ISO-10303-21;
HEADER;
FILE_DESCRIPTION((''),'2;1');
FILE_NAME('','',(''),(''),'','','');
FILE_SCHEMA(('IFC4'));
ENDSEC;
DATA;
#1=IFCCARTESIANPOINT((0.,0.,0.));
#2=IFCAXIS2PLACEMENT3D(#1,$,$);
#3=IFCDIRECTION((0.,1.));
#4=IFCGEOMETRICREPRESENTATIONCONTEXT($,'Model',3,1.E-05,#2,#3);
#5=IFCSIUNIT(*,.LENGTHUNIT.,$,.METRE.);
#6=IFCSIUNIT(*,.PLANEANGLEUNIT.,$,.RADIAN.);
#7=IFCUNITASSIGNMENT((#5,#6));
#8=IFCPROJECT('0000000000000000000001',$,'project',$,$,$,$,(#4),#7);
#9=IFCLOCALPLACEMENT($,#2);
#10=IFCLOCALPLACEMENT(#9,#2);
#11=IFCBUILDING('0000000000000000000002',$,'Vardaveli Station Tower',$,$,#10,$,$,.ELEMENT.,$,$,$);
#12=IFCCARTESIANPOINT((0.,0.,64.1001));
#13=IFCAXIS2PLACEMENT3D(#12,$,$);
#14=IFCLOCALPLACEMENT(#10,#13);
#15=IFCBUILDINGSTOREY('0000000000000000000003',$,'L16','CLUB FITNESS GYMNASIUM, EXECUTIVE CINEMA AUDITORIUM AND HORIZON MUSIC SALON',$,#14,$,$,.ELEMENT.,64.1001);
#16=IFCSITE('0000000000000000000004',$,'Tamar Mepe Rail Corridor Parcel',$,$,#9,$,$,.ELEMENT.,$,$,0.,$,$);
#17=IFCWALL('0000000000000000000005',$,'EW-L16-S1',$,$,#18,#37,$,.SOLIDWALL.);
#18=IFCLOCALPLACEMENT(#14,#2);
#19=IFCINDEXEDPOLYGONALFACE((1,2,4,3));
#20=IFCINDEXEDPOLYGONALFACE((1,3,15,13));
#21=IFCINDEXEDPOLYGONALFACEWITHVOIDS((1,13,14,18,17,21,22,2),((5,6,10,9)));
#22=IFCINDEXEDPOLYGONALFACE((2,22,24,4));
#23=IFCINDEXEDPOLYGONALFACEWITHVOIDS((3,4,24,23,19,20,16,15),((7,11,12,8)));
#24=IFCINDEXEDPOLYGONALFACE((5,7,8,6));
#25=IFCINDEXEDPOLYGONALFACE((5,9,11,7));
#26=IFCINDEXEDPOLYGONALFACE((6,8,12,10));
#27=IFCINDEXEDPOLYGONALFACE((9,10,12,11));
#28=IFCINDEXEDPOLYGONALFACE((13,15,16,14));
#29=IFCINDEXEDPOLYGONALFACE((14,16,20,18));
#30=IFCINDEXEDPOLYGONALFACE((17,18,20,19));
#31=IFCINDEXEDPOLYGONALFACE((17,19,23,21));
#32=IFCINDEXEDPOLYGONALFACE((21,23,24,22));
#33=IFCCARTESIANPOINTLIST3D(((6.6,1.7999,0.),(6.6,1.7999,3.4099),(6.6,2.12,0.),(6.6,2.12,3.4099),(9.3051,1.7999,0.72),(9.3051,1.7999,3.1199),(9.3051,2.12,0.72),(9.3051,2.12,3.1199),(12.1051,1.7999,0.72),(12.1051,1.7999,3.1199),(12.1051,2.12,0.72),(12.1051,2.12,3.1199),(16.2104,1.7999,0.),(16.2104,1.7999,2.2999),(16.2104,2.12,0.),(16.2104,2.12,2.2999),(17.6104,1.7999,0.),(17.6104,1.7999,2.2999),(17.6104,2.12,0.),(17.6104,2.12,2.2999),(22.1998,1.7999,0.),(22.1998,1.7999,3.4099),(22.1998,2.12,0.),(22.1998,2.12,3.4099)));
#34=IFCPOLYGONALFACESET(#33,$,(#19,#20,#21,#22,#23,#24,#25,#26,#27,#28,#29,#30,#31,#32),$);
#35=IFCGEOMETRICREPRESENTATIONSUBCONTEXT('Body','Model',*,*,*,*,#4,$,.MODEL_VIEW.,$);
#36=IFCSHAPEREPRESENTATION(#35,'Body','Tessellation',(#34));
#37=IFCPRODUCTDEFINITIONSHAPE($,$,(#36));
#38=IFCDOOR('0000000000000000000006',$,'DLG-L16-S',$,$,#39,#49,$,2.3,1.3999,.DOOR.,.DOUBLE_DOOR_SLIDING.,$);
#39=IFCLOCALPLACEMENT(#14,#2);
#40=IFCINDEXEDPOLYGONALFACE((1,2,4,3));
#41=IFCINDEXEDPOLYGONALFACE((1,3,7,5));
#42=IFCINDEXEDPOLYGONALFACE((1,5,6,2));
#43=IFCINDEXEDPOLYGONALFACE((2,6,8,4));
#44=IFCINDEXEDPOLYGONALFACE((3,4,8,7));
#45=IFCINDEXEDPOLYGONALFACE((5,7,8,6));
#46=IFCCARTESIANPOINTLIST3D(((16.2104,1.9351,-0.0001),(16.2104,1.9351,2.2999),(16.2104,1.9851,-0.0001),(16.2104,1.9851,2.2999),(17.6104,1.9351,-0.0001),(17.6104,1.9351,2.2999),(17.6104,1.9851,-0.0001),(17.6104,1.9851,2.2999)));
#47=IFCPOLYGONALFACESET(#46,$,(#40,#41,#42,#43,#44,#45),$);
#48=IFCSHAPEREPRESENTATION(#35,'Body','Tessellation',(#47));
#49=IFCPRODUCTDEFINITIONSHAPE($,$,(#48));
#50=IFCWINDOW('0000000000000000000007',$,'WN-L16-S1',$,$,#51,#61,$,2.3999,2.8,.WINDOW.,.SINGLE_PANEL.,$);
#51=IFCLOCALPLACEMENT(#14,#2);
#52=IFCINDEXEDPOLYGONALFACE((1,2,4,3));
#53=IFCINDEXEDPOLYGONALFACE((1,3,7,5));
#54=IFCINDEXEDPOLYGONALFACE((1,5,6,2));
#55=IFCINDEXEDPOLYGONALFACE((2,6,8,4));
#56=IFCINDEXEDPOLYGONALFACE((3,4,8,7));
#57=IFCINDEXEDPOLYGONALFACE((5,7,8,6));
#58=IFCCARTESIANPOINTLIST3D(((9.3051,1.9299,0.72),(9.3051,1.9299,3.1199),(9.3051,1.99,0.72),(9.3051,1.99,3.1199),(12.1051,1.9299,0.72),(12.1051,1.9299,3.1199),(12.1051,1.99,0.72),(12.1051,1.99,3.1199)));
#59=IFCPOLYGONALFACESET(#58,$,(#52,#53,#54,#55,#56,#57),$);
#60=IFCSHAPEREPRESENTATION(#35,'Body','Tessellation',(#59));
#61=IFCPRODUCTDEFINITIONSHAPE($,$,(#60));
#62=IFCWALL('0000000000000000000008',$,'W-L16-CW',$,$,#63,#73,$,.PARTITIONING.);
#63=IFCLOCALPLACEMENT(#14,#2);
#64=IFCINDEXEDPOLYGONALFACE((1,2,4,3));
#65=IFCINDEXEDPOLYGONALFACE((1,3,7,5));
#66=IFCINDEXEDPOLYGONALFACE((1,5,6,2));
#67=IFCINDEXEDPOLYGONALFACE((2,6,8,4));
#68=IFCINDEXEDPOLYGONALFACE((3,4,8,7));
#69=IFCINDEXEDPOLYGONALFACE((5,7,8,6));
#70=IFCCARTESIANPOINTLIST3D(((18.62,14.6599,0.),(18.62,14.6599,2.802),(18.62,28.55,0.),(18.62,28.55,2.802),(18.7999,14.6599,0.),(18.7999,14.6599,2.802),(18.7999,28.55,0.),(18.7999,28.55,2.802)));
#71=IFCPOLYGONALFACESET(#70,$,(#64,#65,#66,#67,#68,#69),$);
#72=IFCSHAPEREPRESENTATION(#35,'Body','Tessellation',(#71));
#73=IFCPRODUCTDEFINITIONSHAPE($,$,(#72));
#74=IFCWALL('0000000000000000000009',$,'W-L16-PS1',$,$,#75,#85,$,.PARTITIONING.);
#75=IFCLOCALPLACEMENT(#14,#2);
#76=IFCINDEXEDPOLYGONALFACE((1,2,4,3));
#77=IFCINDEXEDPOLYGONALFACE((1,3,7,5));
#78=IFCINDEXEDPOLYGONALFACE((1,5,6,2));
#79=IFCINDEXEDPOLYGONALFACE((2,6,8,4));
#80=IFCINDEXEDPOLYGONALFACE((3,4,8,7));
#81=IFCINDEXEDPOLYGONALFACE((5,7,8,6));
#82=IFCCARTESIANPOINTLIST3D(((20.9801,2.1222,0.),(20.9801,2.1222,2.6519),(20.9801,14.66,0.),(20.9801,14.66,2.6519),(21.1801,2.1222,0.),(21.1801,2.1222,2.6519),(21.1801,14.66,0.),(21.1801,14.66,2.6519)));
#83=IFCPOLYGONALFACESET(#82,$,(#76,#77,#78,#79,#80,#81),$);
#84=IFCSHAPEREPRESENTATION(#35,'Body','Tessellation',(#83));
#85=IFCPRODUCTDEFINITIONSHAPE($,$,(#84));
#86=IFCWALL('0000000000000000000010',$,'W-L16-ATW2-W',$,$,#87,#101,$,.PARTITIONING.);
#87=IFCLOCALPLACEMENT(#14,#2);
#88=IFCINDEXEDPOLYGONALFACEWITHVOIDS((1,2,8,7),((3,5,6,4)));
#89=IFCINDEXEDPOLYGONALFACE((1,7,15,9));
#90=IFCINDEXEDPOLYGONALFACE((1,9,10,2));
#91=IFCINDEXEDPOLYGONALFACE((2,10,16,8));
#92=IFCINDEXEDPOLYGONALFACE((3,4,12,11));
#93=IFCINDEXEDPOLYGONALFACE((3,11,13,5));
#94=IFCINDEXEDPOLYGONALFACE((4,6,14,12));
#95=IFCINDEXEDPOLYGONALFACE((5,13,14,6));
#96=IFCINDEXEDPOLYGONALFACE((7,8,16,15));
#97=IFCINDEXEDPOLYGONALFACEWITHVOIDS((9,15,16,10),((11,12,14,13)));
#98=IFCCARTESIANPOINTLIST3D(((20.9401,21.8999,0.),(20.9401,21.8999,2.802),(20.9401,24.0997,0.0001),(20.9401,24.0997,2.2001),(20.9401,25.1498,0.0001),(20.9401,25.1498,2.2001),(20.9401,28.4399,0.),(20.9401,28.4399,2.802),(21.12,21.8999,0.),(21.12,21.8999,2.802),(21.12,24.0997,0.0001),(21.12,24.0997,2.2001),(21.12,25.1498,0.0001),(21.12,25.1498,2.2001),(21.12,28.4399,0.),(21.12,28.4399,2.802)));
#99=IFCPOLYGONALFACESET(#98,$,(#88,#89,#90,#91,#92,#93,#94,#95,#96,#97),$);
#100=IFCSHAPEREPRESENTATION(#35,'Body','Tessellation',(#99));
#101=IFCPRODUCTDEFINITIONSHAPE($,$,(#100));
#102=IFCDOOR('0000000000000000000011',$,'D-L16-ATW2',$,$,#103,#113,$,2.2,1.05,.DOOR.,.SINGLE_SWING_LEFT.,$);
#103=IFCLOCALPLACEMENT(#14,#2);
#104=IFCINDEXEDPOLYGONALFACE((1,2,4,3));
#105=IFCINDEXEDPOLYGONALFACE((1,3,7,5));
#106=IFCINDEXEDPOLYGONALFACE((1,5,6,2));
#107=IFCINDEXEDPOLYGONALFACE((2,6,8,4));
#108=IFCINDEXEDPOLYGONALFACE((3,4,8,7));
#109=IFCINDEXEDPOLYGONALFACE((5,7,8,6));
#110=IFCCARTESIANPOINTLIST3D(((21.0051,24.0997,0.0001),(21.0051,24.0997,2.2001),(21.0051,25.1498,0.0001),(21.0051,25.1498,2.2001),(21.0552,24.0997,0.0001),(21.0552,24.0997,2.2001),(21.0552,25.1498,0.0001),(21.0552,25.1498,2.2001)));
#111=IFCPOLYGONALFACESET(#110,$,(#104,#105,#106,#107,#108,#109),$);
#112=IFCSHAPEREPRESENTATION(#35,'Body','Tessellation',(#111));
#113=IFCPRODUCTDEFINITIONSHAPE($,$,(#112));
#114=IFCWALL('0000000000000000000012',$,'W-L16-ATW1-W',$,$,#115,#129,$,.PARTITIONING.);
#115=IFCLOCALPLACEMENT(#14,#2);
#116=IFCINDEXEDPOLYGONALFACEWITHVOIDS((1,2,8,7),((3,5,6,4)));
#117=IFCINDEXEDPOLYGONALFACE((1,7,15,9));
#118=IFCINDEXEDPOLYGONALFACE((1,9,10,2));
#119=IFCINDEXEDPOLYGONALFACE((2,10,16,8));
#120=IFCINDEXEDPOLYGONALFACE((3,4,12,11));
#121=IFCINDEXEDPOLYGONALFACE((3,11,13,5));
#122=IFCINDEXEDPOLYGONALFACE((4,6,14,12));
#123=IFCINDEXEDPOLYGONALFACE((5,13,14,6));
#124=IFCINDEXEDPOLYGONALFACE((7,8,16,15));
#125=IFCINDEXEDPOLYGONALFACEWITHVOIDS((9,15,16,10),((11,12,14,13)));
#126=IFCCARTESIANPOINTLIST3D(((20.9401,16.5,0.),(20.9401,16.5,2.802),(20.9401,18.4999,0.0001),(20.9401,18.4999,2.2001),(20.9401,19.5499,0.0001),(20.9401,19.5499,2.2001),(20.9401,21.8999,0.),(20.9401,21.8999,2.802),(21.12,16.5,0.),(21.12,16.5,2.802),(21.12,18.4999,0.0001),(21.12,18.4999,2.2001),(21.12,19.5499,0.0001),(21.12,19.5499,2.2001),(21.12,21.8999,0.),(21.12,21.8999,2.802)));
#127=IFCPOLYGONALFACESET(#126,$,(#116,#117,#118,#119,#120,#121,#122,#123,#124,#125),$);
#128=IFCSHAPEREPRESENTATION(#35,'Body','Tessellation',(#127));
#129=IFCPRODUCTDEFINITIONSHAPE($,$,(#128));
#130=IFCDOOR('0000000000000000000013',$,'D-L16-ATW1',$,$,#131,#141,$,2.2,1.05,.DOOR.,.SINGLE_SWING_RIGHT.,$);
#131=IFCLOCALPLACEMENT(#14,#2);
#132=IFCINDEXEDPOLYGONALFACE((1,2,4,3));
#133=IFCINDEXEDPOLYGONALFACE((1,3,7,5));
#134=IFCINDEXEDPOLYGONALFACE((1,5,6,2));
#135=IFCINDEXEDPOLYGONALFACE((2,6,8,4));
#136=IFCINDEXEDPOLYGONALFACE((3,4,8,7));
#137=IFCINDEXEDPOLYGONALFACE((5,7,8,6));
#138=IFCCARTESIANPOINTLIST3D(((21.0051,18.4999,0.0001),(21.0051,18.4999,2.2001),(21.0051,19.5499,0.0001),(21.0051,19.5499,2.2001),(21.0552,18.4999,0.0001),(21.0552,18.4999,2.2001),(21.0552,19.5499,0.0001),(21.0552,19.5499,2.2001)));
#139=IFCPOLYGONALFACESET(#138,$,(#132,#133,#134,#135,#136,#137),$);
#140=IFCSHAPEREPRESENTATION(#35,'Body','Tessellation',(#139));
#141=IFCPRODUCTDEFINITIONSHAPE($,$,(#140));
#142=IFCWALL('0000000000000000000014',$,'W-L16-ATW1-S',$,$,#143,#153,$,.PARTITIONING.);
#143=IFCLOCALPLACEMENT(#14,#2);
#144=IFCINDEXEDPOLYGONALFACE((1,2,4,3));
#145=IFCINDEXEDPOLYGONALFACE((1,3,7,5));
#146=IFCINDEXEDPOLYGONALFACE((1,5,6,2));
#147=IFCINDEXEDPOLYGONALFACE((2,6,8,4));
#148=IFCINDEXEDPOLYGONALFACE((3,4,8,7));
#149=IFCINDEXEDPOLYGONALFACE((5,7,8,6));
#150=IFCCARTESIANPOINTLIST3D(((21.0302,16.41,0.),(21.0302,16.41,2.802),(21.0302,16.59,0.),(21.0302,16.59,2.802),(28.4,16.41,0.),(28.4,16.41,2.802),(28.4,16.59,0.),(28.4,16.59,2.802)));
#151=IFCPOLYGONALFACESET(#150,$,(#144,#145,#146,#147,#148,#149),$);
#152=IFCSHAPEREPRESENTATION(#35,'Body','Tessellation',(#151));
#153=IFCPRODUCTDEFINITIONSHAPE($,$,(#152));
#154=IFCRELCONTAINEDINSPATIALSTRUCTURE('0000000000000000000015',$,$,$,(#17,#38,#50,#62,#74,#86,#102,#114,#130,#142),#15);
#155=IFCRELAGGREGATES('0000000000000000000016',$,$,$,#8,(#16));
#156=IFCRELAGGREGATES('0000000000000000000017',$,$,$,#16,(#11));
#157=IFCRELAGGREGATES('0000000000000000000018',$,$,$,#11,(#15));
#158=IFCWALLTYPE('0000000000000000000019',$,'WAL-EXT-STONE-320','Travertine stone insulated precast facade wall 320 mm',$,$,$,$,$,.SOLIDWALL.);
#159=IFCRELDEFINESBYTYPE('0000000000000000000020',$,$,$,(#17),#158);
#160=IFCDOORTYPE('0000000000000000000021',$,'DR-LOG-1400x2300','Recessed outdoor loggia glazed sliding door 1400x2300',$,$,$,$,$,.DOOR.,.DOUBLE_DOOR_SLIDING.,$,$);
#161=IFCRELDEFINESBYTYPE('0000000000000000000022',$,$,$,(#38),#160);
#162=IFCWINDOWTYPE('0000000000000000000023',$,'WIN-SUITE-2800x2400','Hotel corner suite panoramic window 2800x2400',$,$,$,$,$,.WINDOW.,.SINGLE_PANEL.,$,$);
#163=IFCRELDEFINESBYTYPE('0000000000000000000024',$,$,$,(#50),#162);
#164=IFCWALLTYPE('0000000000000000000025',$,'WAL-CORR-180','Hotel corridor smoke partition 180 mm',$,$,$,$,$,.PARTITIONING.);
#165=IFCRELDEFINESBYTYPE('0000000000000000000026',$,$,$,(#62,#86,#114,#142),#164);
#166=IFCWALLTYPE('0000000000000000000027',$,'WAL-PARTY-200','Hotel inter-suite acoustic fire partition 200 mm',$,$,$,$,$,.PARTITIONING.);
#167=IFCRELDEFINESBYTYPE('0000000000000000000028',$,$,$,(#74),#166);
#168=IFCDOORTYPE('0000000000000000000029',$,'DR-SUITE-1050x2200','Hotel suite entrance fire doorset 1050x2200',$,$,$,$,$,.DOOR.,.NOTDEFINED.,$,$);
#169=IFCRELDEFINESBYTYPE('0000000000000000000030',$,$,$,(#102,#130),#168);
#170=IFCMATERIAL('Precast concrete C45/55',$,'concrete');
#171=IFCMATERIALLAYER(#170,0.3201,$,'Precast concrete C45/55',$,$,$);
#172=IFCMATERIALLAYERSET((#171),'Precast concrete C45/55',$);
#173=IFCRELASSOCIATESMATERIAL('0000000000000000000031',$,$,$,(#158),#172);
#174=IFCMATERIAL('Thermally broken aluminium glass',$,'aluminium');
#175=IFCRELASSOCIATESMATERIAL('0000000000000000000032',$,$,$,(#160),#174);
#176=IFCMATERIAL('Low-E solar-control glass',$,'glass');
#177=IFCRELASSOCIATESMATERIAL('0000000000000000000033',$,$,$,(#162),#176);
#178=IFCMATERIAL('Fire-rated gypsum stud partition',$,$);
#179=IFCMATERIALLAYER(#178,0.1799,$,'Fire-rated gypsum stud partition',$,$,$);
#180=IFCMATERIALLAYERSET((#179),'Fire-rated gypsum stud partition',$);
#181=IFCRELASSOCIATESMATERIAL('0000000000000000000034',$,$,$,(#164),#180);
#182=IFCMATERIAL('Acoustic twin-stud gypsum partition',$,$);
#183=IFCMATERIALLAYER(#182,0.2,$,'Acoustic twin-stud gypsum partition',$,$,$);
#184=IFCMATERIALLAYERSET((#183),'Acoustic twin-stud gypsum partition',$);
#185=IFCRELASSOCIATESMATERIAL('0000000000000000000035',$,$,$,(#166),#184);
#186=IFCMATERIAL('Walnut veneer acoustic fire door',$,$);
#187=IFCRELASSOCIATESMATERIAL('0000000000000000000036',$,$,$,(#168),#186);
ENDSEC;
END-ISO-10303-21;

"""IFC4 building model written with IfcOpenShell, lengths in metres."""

from ifc_helpers import new_model, si_unit, direction, frame, frame_2d, origin, place, context, subcontext, project, spatial, rectangle, extrude, source, transform, mapped, material, layer, layer_set, type_object, element, fill, save


model = new_model("IFC4")

# Units and contexts
model_context = context("Model", 3, precision=1e-05, world=origin(), true_north=direction((0.0, 1.0)))
body_context = subcontext(model_context, "Body", "Model", "MODEL_VIEW")
ifc_project = project(units=[si_unit("LENGTHUNIT", "METRE"), si_unit("PLANEANGLEUNIT", "RADIAN")], contexts=[model_context])

# Site, building, storey
site_placement = place(None, origin())
site = spatial("IfcSite", under=ifc_project, at=site_placement, Name="Tamar Mepe Rail Corridor Parcel", CompositionType="ELEMENT", RefElevation=0.0)
building_placement = place(site_placement, origin())
building = spatial("IfcBuilding", under=site, at=building_placement, Name="Vardaveli Station Tower", CompositionType="ELEMENT")
storey_placement = place(building_placement, frame((0.0, 0.0, 64.1001)))
storey = spatial("IfcBuildingStorey", under=building, at=storey_placement, Name="L16", Description="CLUB FITNESS GYMNASIUM, EXECUTIVE CINEMA AUDITORIUM AND HORIZON MUSIC SALON", CompositionType="ELEMENT", Elevation=64.1001)

# Shared definitions
ifc_material_1 = material(Name="Precast concrete C45/55", Category="concrete")

# Wall, openings, door, window
ifc_layer_1 = layer(ifc_material_1, 0.3201, Name="Precast concrete C45/55")
ifc_layer_set_1 = layer_set([ifc_layer_1], Name="Precast concrete C45/55")
wall_type_1 = type_object("IfcWallType", Name="WAL-EXT-STONE-320", Description="Travertine stone insulated precast facade wall 320 mm", PredefinedType="SOLIDWALL", material=ifc_layer_set_1)
shared_shape_1 = source(origin(), body_context, "Body", "SweptSolid", [
    extrude(rectangle(XDim=15.5999, YDim=0.3201, at=frame_2d((7.7998, 0.0))), origin(), (0.0, 0.0, 1.0), 3.4099),
])
wall_1_placement = place(storey_placement, frame((6.6001, 1.96, 0.0), z_axis=(0.0, 0.0, 1.0), x_axis=(1.0, 0.0, 0.0)))
wall_1 = element("IfcWall", 1, at=wall_1_placement, inside=storey, type_object=wall_type_1, Name="EW-L16-S1", PredefinedType="SOLIDWALL", context=body_context, shape_type="MappedRepresentation", body=[
    mapped(shared_shape_1, transform((0.0, 0.0, 0.0), scale=1.0)),
])
shared_shape_2 = source(origin(), body_context, "Body", "SweptSolid", [
    extrude(rectangle(XDim=1.3999, YDim=2.3, at=frame_2d((0.7, 1.1499))), frame((0.0, 0.1699, 0.0), z_axis=(0.0, -1.0, 0.0), x_axis=(1.0, 0.0, 0.0)), (0.0, 0.0, 1.0), 0.3401),
])
opening_1_placement = place(wall_1_placement, frame((9.6104, 0.0, 0.0)))
opening_1 = element("IfcOpeningElement", 2, at=opening_1_placement, cuts=wall_1, PredefinedType="OPENING", context=body_context, shape_type="MappedRepresentation", body=[
    mapped(shared_shape_2, transform((0.0, 0.0, 0.0), scale=1.0)),
])
shared_shape_3 = source(origin(), body_context, "Body", "SweptSolid", [
    extrude(rectangle(XDim=2.8, YDim=2.3999, at=frame_2d((1.3999, 1.2))), frame((0.0, 0.1699, 0.0), z_axis=(0.0, -1.0, 0.0), x_axis=(1.0, 0.0, 0.0)), (0.0, 0.0, 1.0), 0.3401),
])
opening_2_placement = place(wall_1_placement, frame((2.7051, 0.0, 0.72)))
opening_2 = element("IfcOpeningElement", 3, at=opening_2_placement, cuts=wall_1, PredefinedType="OPENING", context=body_context, shape_type="MappedRepresentation", body=[
    mapped(shared_shape_3, transform((0.0, 0.0, 0.0), scale=1.0)),
])
ifc_material_2 = material(Name="Thermally broken aluminium glass", Category="aluminium")
door_type_1 = type_object("IfcDoorType", Name="DR-LOG-1400x2300", Description="Recessed outdoor loggia glazed sliding door 1400x2300", OperationType="DOUBLE_DOOR_SLIDING", PredefinedType="DOOR", material=ifc_material_2)
shared_shape_4 = source(origin(), body_context, "Body", "SweptSolid", [
    extrude(rectangle(XDim=1.3999, YDim=2.3, at=frame_2d((0.7, 1.1499))), frame((0.0, 0.0249, 0.0), z_axis=(0.0, -1.0, 0.0), x_axis=(1.0, 0.0, 0.0)), (0.0, 0.0, 1.0), 0.05),
])
door_1_placement = place(opening_1_placement, frame((1.3999, 0.0, 0.0), z_axis=(0.0, 0.0, 1.0), x_axis=(-1.0, 0.0, 0.0)))
door_1 = element("IfcDoor", 4, at=door_1_placement, inside=storey, type_object=door_type_1, Name="DLG-L16-S", OperationType="DOUBLE_DOOR_SLIDING", OverallHeight=2.3, OverallWidth=1.3999, PredefinedType="DOOR", context=body_context, shape_type="MappedRepresentation", body=[
    mapped(shared_shape_4, transform((0.0, 0.0, 0.0), scale=1.0)),
])
fill(opening_1, door_1)
ifc_material_3 = material(Name="Low-E solar-control glass", Category="glass")
window_type = type_object("IfcWindowType", Name="WIN-SUITE-2800x2400", Description="Hotel corner suite panoramic window 2800x2400", PartitioningType="SINGLE_PANEL", PredefinedType="WINDOW", material=ifc_material_3)
shared_shape_5 = source(origin(), body_context, "Body", "SweptSolid", [
    extrude(rectangle(XDim=2.8, YDim=2.3999, at=frame_2d((1.3999, 1.2))), frame((0.0, 0.03, 0.0), z_axis=(0.0, -1.0, 0.0), x_axis=(1.0, 0.0, 0.0)), (0.0, 0.0, 1.0), 0.0601),
])
window_placement = place(opening_2_placement, origin())
window = element("IfcWindow", 5, at=window_placement, inside=storey, type_object=window_type, Name="WN-L16-S1", OverallHeight=2.3999, OverallWidth=2.8, PartitioningType="SINGLE_PANEL", PredefinedType="WINDOW", context=body_context, shape_type="MappedRepresentation", body=[
    mapped(shared_shape_5, transform((0.0, 0.0, 0.0), scale=1.0)),
])
fill(opening_2, window)

# Walls
ifc_material_4 = material(Name="Fire-rated gypsum stud partition")
ifc_layer_2 = layer(ifc_material_4, 0.1799, Name="Fire-rated gypsum stud partition")
ifc_layer_set_2 = layer_set([ifc_layer_2], Name="Fire-rated gypsum stud partition")
wall_type_2 = type_object("IfcWallType", Name="WAL-CORR-180", Description="Hotel corridor smoke partition 180 mm", PredefinedType="PARTITIONING", material=ifc_layer_set_2)
shared_shape_6 = source(origin(), body_context, "Body", "SweptSolid", [
    extrude(rectangle(XDim=13.8901, YDim=0.1799, at=frame_2d((6.9451, 0.0))), origin(), (0.0, 0.0, 1.0), 2.802),
])
wall_2_placement = place(storey_placement, frame((18.71, 14.6599, 0.0), z_axis=(0.0, 0.0, 1.0), x_axis=(0.0, 1.0, 0.0)))
element("IfcWall", 6, at=wall_2_placement, inside=storey, type_object=wall_type_2, Name="W-L16-CW", PredefinedType="PARTITIONING", context=body_context, shape_type="MappedRepresentation", body=[
    mapped(shared_shape_6, transform((0.0, 0.0, 0.0), scale=1.0)),
])
ifc_material_5 = material(Name="Acoustic twin-stud gypsum partition")
ifc_layer_3 = layer(ifc_material_5, 0.2, Name="Acoustic twin-stud gypsum partition")
ifc_layer_set_3 = layer_set([ifc_layer_3], Name="Acoustic twin-stud gypsum partition")
wall_type_3 = type_object("IfcWallType", Name="WAL-PARTY-200", Description="Hotel inter-suite acoustic fire partition 200 mm", PredefinedType="PARTITIONING", material=ifc_layer_set_3)
shared_shape_7 = source(origin(), body_context, "Body", "SweptSolid", [
    extrude(rectangle(XDim=12.5378, YDim=0.2, at=frame_2d((6.269, 0.0))), origin(), (0.0, 0.0, 1.0), 2.6519),
])
wall_3_placement = place(storey_placement, frame((21.0801, 2.1221, 0.0), z_axis=(0.0, 0.0, 1.0), x_axis=(0.0, 1.0, 0.0)))
element("IfcWall", 7, at=wall_3_placement, inside=storey, type_object=wall_type_3, Name="W-L16-PS1", PredefinedType="PARTITIONING", context=body_context, shape_type="MappedRepresentation", body=[
    mapped(shared_shape_7, transform((0.0, 0.0, 0.0), scale=1.0)),
])

# Walls, openings, doors
shared_shape_8 = source(origin(), body_context, "Body", "SweptSolid", [
    extrude(rectangle(XDim=6.54, YDim=0.1799, at=frame_2d((3.27, 0.0))), origin(), (0.0, 0.0, 1.0), 2.802),
])
wall_4_placement = place(storey_placement, frame((21.03, 21.8999, 0.0), z_axis=(0.0, 0.0, 1.0), x_axis=(0.0, 1.0, 0.0)))
wall_4 = element("IfcWall", 8, at=wall_4_placement, inside=storey, type_object=wall_type_2, Name="W-L16-ATW2-W", PredefinedType="PARTITIONING", context=body_context, shape_type="MappedRepresentation", body=[
    mapped(shared_shape_8, transform((0.0, 0.0, 0.0), scale=1.0)),
])
shared_shape_9 = source(origin(), body_context, "Body", "SweptSolid", [
    extrude(rectangle(XDim=1.05, YDim=2.2, at=frame_2d((0.5249, 1.1001))), frame((0.0, 0.1001, 0.0), z_axis=(0.0, -1.0, 0.0), x_axis=(1.0, 0.0, 0.0)), (0.0, 0.0, 1.0), 0.2),
])
opening_3_placement = place(wall_4_placement, frame((2.2, 0.0, 0.0)))
opening_3 = element("IfcOpeningElement", 9, at=opening_3_placement, cuts=wall_4, PredefinedType="OPENING", context=body_context, shape_type="MappedRepresentation", body=[
    mapped(shared_shape_9, transform((0.0, 0.0, 0.0), scale=1.0)),
])
ifc_material_6 = material(Name="Walnut veneer acoustic fire door")
door_type_2 = type_object("IfcDoorType", Name="DR-SUITE-1050x2200", Description="Hotel suite entrance fire doorset 1050x2200", OperationType="NOTDEFINED", PredefinedType="DOOR", material=ifc_material_6)
shared_shape_10 = source(origin(), body_context, "Body", "SweptSolid", [
    extrude(rectangle(XDim=1.05, YDim=2.2, at=frame_2d((0.5249, 1.1001))), frame((0.0, 0.0249, 0.0), z_axis=(0.0, -1.0, 0.0), x_axis=(1.0, 0.0, 0.0)), (0.0, 0.0, 1.0), 0.05),
])
door_2_placement = place(opening_3_placement, origin())
door_2 = element("IfcDoor", 10, at=door_2_placement, inside=storey, type_object=door_type_2, Name="D-L16-ATW2", OperationType="SINGLE_SWING_LEFT", OverallHeight=2.2, OverallWidth=1.05, PredefinedType="DOOR", context=body_context, shape_type="MappedRepresentation", body=[
    mapped(shared_shape_10, transform((0.0, 0.0, 0.0), scale=1.0)),
])
fill(opening_3, door_2)
shared_shape_11 = source(origin(), body_context, "Body", "SweptSolid", [
    extrude(rectangle(XDim=5.3999, YDim=0.1799, at=frame_2d((2.7, 0.0))), origin(), (0.0, 0.0, 1.0), 2.802),
])
wall_5_placement = place(storey_placement, frame((21.03, 16.5, 0.0), z_axis=(0.0, 0.0, 1.0), x_axis=(0.0, 1.0, 0.0)))
wall_5 = element("IfcWall", 11, at=wall_5_placement, inside=storey, type_object=wall_type_2, Name="W-L16-ATW1-W", PredefinedType="PARTITIONING", context=body_context, shape_type="MappedRepresentation", body=[
    mapped(shared_shape_11, transform((0.0, 0.0, 0.0), scale=1.0)),
])
opening_4_placement = place(wall_5_placement, frame((2.0, 0.0, 0.0)))
opening_4 = element("IfcOpeningElement", 12, at=opening_4_placement, cuts=wall_5, PredefinedType="OPENING", context=body_context, shape_type="MappedRepresentation", body=[
    mapped(shared_shape_9, transform((0.0, 0.0, 0.0), scale=1.0)),
])
door_3_placement = place(opening_4_placement, origin())
door_3 = element("IfcDoor", 13, at=door_3_placement, inside=storey, type_object=door_type_2, Name="D-L16-ATW1", OperationType="SINGLE_SWING_RIGHT", OverallHeight=2.2, OverallWidth=1.05, PredefinedType="DOOR", context=body_context, shape_type="MappedRepresentation", body=[
    mapped(shared_shape_10, transform((0.0, 0.0, 0.0), scale=1.0)),
])
fill(opening_4, door_3)

# Wall
shared_shape_12 = source(origin(), body_context, "Body", "SweptSolid", [
    extrude(rectangle(XDim=7.3699, YDim=0.1799, at=frame_2d((3.6851, 0.0))), origin(), (0.0, 0.0, 1.0), 2.802),
])
wall_6_placement = place(storey_placement, frame((21.03, 16.5, 0.0), z_axis=(0.0, 0.0, 1.0), x_axis=(1.0, 0.0, 0.0)))
element("IfcWall", 14, at=wall_6_placement, inside=storey, type_object=wall_type_2, Name="W-L16-ATW1-S", PredefinedType="PARTITIONING", context=body_context, shape_type="MappedRepresentation", body=[
    mapped(shared_shape_12, transform((0.0, 0.0, 0.0), scale=1.0)),
])

save(model, "model.ifc")
